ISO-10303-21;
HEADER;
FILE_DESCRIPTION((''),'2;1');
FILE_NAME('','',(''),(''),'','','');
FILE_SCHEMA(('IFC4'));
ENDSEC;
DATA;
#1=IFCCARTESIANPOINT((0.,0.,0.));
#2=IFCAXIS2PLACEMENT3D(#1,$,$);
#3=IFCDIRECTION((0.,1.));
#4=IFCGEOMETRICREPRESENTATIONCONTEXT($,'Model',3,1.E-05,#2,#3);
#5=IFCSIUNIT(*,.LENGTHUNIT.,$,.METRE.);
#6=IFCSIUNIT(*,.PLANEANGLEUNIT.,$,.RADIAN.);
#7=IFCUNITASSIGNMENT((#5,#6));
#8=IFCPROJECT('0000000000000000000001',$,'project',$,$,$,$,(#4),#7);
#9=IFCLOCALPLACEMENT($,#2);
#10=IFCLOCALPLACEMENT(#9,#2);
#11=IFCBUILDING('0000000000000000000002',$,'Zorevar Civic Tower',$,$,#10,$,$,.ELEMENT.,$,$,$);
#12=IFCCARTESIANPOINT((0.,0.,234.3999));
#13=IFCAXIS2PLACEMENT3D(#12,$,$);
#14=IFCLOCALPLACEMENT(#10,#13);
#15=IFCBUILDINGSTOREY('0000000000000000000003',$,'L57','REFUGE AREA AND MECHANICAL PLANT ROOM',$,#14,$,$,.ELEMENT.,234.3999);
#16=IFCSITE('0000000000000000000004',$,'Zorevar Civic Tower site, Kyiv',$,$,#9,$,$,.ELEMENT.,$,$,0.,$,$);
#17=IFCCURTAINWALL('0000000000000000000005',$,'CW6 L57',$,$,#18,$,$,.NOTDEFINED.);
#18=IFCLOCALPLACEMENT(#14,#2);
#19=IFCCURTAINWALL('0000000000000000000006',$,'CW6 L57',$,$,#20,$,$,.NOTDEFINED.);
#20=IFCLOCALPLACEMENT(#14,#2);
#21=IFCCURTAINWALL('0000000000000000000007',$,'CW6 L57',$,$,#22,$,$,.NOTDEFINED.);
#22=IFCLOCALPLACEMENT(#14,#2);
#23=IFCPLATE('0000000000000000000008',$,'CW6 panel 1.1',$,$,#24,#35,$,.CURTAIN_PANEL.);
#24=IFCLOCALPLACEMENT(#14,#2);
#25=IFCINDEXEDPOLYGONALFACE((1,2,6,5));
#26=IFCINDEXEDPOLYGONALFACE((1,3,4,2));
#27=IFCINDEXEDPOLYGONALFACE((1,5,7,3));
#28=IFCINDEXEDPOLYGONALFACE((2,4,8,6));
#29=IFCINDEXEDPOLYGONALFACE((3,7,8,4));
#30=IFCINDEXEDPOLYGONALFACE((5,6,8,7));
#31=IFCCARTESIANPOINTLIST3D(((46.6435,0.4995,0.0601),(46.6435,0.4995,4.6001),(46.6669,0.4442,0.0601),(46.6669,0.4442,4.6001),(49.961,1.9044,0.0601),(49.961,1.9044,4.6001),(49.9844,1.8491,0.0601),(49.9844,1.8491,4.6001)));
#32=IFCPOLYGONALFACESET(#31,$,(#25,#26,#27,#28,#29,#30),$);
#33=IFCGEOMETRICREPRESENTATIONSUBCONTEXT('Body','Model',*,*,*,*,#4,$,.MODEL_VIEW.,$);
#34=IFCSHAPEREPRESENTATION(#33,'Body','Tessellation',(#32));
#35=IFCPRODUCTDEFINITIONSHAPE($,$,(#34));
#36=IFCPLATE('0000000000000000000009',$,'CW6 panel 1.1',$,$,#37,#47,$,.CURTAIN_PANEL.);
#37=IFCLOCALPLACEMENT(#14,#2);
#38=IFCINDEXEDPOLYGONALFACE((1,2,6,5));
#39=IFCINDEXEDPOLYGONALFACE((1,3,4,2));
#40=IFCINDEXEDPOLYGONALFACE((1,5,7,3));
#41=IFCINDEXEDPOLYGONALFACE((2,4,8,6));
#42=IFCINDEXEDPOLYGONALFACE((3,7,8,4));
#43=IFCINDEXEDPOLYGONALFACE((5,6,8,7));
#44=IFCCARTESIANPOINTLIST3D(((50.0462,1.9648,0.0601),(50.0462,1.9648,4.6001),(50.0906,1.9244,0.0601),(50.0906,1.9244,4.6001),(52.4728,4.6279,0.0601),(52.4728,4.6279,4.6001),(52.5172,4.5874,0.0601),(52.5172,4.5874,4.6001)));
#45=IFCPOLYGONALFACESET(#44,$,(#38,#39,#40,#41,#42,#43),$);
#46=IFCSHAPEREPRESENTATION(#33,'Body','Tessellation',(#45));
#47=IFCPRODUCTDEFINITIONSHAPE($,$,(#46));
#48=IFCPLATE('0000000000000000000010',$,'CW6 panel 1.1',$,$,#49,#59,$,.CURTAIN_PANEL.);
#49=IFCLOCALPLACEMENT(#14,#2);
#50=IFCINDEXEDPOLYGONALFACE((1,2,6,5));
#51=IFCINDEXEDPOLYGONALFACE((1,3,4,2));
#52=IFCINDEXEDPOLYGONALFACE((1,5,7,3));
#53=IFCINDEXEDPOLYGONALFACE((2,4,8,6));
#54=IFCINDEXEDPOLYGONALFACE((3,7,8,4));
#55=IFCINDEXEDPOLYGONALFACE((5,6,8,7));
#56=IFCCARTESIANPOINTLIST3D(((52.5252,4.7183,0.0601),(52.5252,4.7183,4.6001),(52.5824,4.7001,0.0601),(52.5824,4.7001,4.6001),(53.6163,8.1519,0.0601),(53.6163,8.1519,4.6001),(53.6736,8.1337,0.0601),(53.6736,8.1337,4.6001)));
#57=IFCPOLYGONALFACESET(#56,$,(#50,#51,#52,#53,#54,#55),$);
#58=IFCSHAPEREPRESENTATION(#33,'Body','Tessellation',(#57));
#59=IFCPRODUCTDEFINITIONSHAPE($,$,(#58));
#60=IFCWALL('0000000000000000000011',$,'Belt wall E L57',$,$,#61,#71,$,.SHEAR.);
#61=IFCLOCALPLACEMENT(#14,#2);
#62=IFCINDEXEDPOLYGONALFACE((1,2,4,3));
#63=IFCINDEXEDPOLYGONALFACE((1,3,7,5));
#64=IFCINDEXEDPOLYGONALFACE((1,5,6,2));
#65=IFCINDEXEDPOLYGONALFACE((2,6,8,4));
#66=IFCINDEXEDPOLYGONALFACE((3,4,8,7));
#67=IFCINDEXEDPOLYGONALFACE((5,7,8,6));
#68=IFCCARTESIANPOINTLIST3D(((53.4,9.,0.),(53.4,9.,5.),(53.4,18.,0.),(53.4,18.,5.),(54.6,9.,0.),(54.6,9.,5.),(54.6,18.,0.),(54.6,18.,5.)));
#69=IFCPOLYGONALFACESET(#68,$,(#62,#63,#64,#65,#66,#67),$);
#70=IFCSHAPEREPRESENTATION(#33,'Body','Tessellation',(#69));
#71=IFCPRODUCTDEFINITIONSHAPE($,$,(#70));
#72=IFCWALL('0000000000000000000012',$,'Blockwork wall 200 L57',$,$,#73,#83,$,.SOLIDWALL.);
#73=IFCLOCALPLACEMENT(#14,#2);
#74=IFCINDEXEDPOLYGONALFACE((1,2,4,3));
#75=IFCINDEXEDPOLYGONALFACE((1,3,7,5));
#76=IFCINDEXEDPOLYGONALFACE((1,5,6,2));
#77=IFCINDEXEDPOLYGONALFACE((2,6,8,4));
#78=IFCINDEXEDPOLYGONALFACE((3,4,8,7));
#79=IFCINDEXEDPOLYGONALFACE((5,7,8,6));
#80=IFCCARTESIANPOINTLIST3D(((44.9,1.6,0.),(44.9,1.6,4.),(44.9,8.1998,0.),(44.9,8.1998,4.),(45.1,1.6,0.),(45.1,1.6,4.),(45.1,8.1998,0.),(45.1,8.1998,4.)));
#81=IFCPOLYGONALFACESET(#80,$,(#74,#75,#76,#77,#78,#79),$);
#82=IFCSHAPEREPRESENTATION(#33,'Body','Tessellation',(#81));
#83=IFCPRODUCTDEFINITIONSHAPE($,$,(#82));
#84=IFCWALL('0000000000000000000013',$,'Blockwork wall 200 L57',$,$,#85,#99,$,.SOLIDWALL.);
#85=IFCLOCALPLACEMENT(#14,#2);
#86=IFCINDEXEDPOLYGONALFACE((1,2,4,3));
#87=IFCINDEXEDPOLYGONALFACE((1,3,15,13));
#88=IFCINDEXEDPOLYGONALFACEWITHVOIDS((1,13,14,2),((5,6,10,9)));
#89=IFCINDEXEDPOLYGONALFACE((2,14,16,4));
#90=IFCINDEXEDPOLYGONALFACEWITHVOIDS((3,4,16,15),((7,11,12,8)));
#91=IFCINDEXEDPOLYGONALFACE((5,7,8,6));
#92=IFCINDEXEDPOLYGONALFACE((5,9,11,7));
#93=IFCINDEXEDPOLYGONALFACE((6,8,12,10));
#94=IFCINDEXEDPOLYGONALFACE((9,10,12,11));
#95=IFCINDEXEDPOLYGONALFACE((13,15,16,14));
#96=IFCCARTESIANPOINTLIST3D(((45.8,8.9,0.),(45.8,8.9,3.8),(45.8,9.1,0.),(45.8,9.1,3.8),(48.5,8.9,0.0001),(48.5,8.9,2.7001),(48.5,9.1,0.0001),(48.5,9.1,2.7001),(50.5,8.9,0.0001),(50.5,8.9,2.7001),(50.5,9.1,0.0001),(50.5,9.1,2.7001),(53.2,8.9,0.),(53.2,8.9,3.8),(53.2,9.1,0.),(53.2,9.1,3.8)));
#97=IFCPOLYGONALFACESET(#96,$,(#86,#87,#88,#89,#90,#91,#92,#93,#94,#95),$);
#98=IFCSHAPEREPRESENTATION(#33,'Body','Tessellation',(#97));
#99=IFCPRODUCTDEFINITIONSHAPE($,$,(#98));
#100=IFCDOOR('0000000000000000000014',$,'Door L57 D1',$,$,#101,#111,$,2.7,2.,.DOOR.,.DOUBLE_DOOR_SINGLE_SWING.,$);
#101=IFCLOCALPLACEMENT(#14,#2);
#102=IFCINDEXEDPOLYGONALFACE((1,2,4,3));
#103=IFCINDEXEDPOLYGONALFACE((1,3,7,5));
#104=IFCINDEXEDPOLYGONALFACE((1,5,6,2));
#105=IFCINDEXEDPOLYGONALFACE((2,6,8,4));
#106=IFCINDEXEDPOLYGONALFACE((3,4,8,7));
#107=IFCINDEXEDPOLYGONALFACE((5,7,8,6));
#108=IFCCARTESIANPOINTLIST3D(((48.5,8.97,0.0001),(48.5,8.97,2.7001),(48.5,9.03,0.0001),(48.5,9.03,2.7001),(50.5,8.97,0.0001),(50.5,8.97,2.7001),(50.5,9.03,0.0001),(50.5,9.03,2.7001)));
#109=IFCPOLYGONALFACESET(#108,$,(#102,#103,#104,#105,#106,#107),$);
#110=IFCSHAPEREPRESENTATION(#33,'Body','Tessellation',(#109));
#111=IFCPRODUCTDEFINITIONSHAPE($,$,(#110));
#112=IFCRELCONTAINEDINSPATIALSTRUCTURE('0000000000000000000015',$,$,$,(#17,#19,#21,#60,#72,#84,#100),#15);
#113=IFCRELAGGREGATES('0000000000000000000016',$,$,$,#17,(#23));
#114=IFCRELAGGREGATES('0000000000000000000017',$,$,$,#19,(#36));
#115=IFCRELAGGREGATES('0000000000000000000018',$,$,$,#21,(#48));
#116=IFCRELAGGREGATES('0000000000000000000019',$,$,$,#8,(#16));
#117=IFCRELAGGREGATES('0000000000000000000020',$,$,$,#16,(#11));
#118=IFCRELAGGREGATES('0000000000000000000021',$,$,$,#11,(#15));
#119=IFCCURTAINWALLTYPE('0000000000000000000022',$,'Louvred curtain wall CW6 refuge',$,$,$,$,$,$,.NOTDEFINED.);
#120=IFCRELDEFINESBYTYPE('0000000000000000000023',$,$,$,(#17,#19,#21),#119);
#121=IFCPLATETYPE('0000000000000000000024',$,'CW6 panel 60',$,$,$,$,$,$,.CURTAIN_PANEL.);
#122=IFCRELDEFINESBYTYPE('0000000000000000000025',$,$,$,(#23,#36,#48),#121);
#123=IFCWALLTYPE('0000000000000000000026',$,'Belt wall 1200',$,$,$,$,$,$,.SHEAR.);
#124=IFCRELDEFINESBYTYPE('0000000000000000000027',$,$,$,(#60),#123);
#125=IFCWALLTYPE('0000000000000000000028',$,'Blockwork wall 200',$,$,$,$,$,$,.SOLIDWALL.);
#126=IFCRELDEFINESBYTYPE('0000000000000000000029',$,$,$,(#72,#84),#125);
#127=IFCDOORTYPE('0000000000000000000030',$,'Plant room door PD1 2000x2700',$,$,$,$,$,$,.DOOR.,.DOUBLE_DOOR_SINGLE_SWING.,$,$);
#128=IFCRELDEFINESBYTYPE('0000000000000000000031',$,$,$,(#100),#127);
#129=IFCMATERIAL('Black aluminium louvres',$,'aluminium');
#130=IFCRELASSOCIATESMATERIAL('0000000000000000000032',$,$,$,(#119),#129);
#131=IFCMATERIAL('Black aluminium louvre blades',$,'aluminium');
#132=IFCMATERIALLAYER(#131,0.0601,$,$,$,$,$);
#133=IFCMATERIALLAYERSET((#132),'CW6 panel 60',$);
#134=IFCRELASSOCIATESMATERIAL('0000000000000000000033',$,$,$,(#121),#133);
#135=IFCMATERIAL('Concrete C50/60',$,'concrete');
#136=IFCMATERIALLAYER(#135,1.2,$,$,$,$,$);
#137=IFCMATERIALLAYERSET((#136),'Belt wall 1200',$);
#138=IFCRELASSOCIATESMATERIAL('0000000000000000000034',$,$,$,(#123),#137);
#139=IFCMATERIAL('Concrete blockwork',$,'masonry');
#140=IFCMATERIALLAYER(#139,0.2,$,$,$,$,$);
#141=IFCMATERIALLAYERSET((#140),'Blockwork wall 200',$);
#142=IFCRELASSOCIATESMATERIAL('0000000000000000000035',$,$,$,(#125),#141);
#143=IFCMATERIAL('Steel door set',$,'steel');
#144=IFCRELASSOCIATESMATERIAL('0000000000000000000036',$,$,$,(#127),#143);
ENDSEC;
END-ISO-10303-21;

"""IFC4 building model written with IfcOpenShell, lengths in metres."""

from ifc_helpers import new_model, si_unit, direction, frame, frame_2d, origin, origin_2d, place, context, subcontext, project, spatial, rectangle, extrude, material, layer, layer_set, type_object, element, fill, aggregate, save


model = new_model("IFC4")

# Units and contexts
model_context = context("Model", 3, precision=1e-05, world=origin(), true_north=direction((0.0, 1.0)))
body_context = subcontext(model_context, "Body", "Model", "MODEL_VIEW")
ifc_project = project(units=[si_unit("LENGTHUNIT", "METRE"), si_unit("PLANEANGLEUNIT", "RADIAN")], contexts=[model_context])

# Site, building, storey
site_placement = place(None, origin())
site = spatial("IfcSite", under=ifc_project, at=site_placement, Name="Zorevar Civic Tower site, Kyiv", CompositionType="ELEMENT", RefElevation=0.0)
building_placement = place(site_placement, origin())
building = spatial("IfcBuilding", under=site, at=building_placement, Name="Zorevar Civic Tower", CompositionType="ELEMENT")
storey_placement = place(building_placement, frame((0.0, 0.0, 234.3999)))
storey = spatial("IfcBuildingStorey", under=building, at=storey_placement, Name="L57", Description="REFUGE AREA AND MECHANICAL PLANT ROOM", CompositionType="ELEMENT", Elevation=234.3999)

# Shared definitions
ifc_material_1 = material(Name="Black aluminium louvres", Category="aluminium")
curtain_wall_type = type_object("IfcCurtainWallType", Name="Louvred curtain wall CW6 refuge", PredefinedType="NOTDEFINED", material=ifc_material_1)

# Curtain walls
curtain_wall_1_placement = place(storey_placement, origin())
curtain_wall_1 = element("IfcCurtainWall", 1, at=curtain_wall_1_placement, inside=storey, type_object=curtain_wall_type, Name="CW6 L57", PredefinedType="NOTDEFINED")
curtain_wall_2_placement = place(storey_placement, origin())
curtain_wall_2 = element("IfcCurtainWall", 2, at=curtain_wall_2_placement, inside=storey, type_object=curtain_wall_type, Name="CW6 L57", PredefinedType="NOTDEFINED")
curtain_wall_3_placement = place(storey_placement, origin())
curtain_wall_3 = element("IfcCurtainWall", 3, at=curtain_wall_3_placement, inside=storey, type_object=curtain_wall_type, Name="CW6 L57", PredefinedType="NOTDEFINED")

# Plates
ifc_material_2 = material(Name="Black aluminium louvre blades", Category="aluminium")
ifc_layer_1 = layer(ifc_material_2, 0.0601)
ifc_layer_set_1 = layer_set([ifc_layer_1], Name="CW6 panel 60")
plate_type = type_object("IfcPlateType", Name="CW6 panel 60", PredefinedType="CURTAIN_PANEL", material=ifc_layer_set_1)
plate_1_placement = place(storey_placement, frame((48.314, 1.1743, 0.0601), z_axis=(0.0, 0.0, 1.0), x_axis=(0.92083, 0.389965, 0.0)))
plate_1 = element("IfcPlate", 4, at=plate_1_placement, type_object=plate_type, Name="CW6 panel 1.1", PredefinedType="CURTAIN_PANEL", context=body_context, shape_type="SweptSolid", body=[
    extrude(rectangle(XDim=3.6028, YDim=0.0601, at=origin_2d()), origin(), (0.0, 0.0, 1.0), 4.54),
])
aggregate(curtain_wall_1, [plate_1])
plate_2_placement = place(storey_placement, frame((51.2817, 3.2761, 0.0601), z_axis=(0.0, 0.0, 1.0), x_axis=(0.673533, 0.739157, 0.0)))
plate_2 = element("IfcPlate", 5, at=plate_2_placement, type_object=plate_type, Name="CW6 panel 1.1", PredefinedType="CURTAIN_PANEL", context=body_context, shape_type="SweptSolid", body=[
    extrude(rectangle(XDim=3.6028, YDim=0.0601, at=origin_2d()), origin(), (0.0, 0.0, 1.0), 4.54),
])
aggregate(curtain_wall_2, [plate_2])
plate_3_placement = place(storey_placement, frame((53.0994, 6.426, 0.0601), z_axis=(0.0, 0.0, 1.0), x_axis=(0.302859, 0.953035, 0.0)))
plate_3 = element("IfcPlate", 6, at=plate_3_placement, type_object=plate_type, Name="CW6 panel 1.1", PredefinedType="CURTAIN_PANEL", context=body_context, shape_type="SweptSolid", body=[
    extrude(rectangle(XDim=3.6028, YDim=0.0601, at=origin_2d()), origin(), (0.0, 0.0, 1.0), 4.54),
])
aggregate(curtain_wall_3, [plate_3])

# Walls
ifc_material_3 = material(Name="Concrete C50/60", Category="concrete")
ifc_layer_2 = layer(ifc_material_3, 1.2)
ifc_layer_set_2 = layer_set([ifc_layer_2], Name="Belt wall 1200")
wall_type_1 = type_object("IfcWallType", Name="Belt wall 1200", PredefinedType="SHEAR", material=ifc_layer_set_2)
wall_1_placement = place(storey_placement, frame((54.0, 9.0, 0.0), z_axis=(0.0, 0.0, 1.0), x_axis=(0.0, 1.0, 0.0)))
element("IfcWall", 7, at=wall_1_placement, inside=storey, type_object=wall_type_1, Name="Belt wall E L57", PredefinedType="SHEAR", context=body_context, shape_type="SweptSolid", body=[
    extrude(rectangle(XDim=9.0, YDim=1.2, at=frame_2d((4.5, 0.0))), origin(), (0.0, 0.0, 1.0), 5.0),
])
ifc_material_4 = material(Name="Concrete blockwork", Category="masonry")
ifc_layer_3 = layer(ifc_material_4, 0.2)
ifc_layer_set_3 = layer_set([ifc_layer_3], Name="Blockwork wall 200")
wall_type_2 = type_object("IfcWallType", Name="Blockwork wall 200", PredefinedType="SOLIDWALL", material=ifc_layer_set_3)
wall_2_placement = place(storey_placement, frame((45.0, 1.6001, 0.0), z_axis=(0.0, 0.0, 1.0), x_axis=(0.0, 1.0, 0.0)))
element("IfcWall", 8, at=wall_2_placement, inside=storey, type_object=wall_type_2, Name="Blockwork wall 200 L57", PredefinedType="SOLIDWALL", context=body_context, shape_type="SweptSolid", body=[
    extrude(rectangle(XDim=6.5999, YDim=0.2, at=frame_2d((3.2998, 0.0))), origin(), (0.0, 0.0, 1.0), 4.0),
])

# Wall, opening, door
wall_3_placement = place(storey_placement, frame((45.8, 9.0, 0.0), z_axis=(0.0, 0.0, 1.0), x_axis=(1.0, 0.0, 0.0)))
wall_3 = element("IfcWall", 9, at=wall_3_placement, inside=storey, type_object=wall_type_2, Name="Blockwork wall 200 L57", PredefinedType="SOLIDWALL", context=body_context, shape_type="SweptSolid", body=[
    extrude(rectangle(XDim=7.3999, YDim=0.2, at=frame_2d((3.7, 0.0))), origin(), (0.0, 0.0, 1.0), 3.8),
])
opening_1_placement = place(wall_3_placement, frame((2.7, 0.0, 0.0)))
opening_1 = element("IfcOpeningElement", 10, at=opening_1_placement, cuts=wall_3, PredefinedType="OPENING", context=body_context, shape_type="SweptSolid", body=[
    extrude(rectangle(XDim=2.0, YDim=2.7, at=frame_2d((1.0, 1.3501))), frame((0.0, 0.1099, 0.0), z_axis=(0.0, -1.0, 0.0), x_axis=(1.0, 0.0, 0.0)), (0.0, 0.0, 1.0), 0.22),
])
ifc_material_5 = material(Name="Steel door set", Category="steel")
door_type_1 = type_object("IfcDoorType", Name="Plant room door PD1 2000x2700", OperationType="DOUBLE_DOOR_SINGLE_SWING", PredefinedType="DOOR", material=ifc_material_5)
door_1_placement = place(opening_1_placement, origin())
door_1 = element("IfcDoor", 11, at=door_1_placement, inside=storey, type_object=door_type_1, Name="Door L57 D1", OperationType="DOUBLE_DOOR_SINGLE_SWING", OverallHeight=2.7, OverallWidth=2.0, PredefinedType="DOOR", context=body_context, shape_type="SweptSolid", body=[
    extrude(rectangle(XDim=2.0, YDim=2.7, at=frame_2d((1.0, 1.3501))), frame((0.0, 0.03, 0.0), z_axis=(0.0, -1.0, 0.0), x_axis=(1.0, 0.0, 0.0)), (0.0, 0.0, 1.0), 0.0601),
])
fill(opening_1, door_1)

save(model, "model.ifc")
